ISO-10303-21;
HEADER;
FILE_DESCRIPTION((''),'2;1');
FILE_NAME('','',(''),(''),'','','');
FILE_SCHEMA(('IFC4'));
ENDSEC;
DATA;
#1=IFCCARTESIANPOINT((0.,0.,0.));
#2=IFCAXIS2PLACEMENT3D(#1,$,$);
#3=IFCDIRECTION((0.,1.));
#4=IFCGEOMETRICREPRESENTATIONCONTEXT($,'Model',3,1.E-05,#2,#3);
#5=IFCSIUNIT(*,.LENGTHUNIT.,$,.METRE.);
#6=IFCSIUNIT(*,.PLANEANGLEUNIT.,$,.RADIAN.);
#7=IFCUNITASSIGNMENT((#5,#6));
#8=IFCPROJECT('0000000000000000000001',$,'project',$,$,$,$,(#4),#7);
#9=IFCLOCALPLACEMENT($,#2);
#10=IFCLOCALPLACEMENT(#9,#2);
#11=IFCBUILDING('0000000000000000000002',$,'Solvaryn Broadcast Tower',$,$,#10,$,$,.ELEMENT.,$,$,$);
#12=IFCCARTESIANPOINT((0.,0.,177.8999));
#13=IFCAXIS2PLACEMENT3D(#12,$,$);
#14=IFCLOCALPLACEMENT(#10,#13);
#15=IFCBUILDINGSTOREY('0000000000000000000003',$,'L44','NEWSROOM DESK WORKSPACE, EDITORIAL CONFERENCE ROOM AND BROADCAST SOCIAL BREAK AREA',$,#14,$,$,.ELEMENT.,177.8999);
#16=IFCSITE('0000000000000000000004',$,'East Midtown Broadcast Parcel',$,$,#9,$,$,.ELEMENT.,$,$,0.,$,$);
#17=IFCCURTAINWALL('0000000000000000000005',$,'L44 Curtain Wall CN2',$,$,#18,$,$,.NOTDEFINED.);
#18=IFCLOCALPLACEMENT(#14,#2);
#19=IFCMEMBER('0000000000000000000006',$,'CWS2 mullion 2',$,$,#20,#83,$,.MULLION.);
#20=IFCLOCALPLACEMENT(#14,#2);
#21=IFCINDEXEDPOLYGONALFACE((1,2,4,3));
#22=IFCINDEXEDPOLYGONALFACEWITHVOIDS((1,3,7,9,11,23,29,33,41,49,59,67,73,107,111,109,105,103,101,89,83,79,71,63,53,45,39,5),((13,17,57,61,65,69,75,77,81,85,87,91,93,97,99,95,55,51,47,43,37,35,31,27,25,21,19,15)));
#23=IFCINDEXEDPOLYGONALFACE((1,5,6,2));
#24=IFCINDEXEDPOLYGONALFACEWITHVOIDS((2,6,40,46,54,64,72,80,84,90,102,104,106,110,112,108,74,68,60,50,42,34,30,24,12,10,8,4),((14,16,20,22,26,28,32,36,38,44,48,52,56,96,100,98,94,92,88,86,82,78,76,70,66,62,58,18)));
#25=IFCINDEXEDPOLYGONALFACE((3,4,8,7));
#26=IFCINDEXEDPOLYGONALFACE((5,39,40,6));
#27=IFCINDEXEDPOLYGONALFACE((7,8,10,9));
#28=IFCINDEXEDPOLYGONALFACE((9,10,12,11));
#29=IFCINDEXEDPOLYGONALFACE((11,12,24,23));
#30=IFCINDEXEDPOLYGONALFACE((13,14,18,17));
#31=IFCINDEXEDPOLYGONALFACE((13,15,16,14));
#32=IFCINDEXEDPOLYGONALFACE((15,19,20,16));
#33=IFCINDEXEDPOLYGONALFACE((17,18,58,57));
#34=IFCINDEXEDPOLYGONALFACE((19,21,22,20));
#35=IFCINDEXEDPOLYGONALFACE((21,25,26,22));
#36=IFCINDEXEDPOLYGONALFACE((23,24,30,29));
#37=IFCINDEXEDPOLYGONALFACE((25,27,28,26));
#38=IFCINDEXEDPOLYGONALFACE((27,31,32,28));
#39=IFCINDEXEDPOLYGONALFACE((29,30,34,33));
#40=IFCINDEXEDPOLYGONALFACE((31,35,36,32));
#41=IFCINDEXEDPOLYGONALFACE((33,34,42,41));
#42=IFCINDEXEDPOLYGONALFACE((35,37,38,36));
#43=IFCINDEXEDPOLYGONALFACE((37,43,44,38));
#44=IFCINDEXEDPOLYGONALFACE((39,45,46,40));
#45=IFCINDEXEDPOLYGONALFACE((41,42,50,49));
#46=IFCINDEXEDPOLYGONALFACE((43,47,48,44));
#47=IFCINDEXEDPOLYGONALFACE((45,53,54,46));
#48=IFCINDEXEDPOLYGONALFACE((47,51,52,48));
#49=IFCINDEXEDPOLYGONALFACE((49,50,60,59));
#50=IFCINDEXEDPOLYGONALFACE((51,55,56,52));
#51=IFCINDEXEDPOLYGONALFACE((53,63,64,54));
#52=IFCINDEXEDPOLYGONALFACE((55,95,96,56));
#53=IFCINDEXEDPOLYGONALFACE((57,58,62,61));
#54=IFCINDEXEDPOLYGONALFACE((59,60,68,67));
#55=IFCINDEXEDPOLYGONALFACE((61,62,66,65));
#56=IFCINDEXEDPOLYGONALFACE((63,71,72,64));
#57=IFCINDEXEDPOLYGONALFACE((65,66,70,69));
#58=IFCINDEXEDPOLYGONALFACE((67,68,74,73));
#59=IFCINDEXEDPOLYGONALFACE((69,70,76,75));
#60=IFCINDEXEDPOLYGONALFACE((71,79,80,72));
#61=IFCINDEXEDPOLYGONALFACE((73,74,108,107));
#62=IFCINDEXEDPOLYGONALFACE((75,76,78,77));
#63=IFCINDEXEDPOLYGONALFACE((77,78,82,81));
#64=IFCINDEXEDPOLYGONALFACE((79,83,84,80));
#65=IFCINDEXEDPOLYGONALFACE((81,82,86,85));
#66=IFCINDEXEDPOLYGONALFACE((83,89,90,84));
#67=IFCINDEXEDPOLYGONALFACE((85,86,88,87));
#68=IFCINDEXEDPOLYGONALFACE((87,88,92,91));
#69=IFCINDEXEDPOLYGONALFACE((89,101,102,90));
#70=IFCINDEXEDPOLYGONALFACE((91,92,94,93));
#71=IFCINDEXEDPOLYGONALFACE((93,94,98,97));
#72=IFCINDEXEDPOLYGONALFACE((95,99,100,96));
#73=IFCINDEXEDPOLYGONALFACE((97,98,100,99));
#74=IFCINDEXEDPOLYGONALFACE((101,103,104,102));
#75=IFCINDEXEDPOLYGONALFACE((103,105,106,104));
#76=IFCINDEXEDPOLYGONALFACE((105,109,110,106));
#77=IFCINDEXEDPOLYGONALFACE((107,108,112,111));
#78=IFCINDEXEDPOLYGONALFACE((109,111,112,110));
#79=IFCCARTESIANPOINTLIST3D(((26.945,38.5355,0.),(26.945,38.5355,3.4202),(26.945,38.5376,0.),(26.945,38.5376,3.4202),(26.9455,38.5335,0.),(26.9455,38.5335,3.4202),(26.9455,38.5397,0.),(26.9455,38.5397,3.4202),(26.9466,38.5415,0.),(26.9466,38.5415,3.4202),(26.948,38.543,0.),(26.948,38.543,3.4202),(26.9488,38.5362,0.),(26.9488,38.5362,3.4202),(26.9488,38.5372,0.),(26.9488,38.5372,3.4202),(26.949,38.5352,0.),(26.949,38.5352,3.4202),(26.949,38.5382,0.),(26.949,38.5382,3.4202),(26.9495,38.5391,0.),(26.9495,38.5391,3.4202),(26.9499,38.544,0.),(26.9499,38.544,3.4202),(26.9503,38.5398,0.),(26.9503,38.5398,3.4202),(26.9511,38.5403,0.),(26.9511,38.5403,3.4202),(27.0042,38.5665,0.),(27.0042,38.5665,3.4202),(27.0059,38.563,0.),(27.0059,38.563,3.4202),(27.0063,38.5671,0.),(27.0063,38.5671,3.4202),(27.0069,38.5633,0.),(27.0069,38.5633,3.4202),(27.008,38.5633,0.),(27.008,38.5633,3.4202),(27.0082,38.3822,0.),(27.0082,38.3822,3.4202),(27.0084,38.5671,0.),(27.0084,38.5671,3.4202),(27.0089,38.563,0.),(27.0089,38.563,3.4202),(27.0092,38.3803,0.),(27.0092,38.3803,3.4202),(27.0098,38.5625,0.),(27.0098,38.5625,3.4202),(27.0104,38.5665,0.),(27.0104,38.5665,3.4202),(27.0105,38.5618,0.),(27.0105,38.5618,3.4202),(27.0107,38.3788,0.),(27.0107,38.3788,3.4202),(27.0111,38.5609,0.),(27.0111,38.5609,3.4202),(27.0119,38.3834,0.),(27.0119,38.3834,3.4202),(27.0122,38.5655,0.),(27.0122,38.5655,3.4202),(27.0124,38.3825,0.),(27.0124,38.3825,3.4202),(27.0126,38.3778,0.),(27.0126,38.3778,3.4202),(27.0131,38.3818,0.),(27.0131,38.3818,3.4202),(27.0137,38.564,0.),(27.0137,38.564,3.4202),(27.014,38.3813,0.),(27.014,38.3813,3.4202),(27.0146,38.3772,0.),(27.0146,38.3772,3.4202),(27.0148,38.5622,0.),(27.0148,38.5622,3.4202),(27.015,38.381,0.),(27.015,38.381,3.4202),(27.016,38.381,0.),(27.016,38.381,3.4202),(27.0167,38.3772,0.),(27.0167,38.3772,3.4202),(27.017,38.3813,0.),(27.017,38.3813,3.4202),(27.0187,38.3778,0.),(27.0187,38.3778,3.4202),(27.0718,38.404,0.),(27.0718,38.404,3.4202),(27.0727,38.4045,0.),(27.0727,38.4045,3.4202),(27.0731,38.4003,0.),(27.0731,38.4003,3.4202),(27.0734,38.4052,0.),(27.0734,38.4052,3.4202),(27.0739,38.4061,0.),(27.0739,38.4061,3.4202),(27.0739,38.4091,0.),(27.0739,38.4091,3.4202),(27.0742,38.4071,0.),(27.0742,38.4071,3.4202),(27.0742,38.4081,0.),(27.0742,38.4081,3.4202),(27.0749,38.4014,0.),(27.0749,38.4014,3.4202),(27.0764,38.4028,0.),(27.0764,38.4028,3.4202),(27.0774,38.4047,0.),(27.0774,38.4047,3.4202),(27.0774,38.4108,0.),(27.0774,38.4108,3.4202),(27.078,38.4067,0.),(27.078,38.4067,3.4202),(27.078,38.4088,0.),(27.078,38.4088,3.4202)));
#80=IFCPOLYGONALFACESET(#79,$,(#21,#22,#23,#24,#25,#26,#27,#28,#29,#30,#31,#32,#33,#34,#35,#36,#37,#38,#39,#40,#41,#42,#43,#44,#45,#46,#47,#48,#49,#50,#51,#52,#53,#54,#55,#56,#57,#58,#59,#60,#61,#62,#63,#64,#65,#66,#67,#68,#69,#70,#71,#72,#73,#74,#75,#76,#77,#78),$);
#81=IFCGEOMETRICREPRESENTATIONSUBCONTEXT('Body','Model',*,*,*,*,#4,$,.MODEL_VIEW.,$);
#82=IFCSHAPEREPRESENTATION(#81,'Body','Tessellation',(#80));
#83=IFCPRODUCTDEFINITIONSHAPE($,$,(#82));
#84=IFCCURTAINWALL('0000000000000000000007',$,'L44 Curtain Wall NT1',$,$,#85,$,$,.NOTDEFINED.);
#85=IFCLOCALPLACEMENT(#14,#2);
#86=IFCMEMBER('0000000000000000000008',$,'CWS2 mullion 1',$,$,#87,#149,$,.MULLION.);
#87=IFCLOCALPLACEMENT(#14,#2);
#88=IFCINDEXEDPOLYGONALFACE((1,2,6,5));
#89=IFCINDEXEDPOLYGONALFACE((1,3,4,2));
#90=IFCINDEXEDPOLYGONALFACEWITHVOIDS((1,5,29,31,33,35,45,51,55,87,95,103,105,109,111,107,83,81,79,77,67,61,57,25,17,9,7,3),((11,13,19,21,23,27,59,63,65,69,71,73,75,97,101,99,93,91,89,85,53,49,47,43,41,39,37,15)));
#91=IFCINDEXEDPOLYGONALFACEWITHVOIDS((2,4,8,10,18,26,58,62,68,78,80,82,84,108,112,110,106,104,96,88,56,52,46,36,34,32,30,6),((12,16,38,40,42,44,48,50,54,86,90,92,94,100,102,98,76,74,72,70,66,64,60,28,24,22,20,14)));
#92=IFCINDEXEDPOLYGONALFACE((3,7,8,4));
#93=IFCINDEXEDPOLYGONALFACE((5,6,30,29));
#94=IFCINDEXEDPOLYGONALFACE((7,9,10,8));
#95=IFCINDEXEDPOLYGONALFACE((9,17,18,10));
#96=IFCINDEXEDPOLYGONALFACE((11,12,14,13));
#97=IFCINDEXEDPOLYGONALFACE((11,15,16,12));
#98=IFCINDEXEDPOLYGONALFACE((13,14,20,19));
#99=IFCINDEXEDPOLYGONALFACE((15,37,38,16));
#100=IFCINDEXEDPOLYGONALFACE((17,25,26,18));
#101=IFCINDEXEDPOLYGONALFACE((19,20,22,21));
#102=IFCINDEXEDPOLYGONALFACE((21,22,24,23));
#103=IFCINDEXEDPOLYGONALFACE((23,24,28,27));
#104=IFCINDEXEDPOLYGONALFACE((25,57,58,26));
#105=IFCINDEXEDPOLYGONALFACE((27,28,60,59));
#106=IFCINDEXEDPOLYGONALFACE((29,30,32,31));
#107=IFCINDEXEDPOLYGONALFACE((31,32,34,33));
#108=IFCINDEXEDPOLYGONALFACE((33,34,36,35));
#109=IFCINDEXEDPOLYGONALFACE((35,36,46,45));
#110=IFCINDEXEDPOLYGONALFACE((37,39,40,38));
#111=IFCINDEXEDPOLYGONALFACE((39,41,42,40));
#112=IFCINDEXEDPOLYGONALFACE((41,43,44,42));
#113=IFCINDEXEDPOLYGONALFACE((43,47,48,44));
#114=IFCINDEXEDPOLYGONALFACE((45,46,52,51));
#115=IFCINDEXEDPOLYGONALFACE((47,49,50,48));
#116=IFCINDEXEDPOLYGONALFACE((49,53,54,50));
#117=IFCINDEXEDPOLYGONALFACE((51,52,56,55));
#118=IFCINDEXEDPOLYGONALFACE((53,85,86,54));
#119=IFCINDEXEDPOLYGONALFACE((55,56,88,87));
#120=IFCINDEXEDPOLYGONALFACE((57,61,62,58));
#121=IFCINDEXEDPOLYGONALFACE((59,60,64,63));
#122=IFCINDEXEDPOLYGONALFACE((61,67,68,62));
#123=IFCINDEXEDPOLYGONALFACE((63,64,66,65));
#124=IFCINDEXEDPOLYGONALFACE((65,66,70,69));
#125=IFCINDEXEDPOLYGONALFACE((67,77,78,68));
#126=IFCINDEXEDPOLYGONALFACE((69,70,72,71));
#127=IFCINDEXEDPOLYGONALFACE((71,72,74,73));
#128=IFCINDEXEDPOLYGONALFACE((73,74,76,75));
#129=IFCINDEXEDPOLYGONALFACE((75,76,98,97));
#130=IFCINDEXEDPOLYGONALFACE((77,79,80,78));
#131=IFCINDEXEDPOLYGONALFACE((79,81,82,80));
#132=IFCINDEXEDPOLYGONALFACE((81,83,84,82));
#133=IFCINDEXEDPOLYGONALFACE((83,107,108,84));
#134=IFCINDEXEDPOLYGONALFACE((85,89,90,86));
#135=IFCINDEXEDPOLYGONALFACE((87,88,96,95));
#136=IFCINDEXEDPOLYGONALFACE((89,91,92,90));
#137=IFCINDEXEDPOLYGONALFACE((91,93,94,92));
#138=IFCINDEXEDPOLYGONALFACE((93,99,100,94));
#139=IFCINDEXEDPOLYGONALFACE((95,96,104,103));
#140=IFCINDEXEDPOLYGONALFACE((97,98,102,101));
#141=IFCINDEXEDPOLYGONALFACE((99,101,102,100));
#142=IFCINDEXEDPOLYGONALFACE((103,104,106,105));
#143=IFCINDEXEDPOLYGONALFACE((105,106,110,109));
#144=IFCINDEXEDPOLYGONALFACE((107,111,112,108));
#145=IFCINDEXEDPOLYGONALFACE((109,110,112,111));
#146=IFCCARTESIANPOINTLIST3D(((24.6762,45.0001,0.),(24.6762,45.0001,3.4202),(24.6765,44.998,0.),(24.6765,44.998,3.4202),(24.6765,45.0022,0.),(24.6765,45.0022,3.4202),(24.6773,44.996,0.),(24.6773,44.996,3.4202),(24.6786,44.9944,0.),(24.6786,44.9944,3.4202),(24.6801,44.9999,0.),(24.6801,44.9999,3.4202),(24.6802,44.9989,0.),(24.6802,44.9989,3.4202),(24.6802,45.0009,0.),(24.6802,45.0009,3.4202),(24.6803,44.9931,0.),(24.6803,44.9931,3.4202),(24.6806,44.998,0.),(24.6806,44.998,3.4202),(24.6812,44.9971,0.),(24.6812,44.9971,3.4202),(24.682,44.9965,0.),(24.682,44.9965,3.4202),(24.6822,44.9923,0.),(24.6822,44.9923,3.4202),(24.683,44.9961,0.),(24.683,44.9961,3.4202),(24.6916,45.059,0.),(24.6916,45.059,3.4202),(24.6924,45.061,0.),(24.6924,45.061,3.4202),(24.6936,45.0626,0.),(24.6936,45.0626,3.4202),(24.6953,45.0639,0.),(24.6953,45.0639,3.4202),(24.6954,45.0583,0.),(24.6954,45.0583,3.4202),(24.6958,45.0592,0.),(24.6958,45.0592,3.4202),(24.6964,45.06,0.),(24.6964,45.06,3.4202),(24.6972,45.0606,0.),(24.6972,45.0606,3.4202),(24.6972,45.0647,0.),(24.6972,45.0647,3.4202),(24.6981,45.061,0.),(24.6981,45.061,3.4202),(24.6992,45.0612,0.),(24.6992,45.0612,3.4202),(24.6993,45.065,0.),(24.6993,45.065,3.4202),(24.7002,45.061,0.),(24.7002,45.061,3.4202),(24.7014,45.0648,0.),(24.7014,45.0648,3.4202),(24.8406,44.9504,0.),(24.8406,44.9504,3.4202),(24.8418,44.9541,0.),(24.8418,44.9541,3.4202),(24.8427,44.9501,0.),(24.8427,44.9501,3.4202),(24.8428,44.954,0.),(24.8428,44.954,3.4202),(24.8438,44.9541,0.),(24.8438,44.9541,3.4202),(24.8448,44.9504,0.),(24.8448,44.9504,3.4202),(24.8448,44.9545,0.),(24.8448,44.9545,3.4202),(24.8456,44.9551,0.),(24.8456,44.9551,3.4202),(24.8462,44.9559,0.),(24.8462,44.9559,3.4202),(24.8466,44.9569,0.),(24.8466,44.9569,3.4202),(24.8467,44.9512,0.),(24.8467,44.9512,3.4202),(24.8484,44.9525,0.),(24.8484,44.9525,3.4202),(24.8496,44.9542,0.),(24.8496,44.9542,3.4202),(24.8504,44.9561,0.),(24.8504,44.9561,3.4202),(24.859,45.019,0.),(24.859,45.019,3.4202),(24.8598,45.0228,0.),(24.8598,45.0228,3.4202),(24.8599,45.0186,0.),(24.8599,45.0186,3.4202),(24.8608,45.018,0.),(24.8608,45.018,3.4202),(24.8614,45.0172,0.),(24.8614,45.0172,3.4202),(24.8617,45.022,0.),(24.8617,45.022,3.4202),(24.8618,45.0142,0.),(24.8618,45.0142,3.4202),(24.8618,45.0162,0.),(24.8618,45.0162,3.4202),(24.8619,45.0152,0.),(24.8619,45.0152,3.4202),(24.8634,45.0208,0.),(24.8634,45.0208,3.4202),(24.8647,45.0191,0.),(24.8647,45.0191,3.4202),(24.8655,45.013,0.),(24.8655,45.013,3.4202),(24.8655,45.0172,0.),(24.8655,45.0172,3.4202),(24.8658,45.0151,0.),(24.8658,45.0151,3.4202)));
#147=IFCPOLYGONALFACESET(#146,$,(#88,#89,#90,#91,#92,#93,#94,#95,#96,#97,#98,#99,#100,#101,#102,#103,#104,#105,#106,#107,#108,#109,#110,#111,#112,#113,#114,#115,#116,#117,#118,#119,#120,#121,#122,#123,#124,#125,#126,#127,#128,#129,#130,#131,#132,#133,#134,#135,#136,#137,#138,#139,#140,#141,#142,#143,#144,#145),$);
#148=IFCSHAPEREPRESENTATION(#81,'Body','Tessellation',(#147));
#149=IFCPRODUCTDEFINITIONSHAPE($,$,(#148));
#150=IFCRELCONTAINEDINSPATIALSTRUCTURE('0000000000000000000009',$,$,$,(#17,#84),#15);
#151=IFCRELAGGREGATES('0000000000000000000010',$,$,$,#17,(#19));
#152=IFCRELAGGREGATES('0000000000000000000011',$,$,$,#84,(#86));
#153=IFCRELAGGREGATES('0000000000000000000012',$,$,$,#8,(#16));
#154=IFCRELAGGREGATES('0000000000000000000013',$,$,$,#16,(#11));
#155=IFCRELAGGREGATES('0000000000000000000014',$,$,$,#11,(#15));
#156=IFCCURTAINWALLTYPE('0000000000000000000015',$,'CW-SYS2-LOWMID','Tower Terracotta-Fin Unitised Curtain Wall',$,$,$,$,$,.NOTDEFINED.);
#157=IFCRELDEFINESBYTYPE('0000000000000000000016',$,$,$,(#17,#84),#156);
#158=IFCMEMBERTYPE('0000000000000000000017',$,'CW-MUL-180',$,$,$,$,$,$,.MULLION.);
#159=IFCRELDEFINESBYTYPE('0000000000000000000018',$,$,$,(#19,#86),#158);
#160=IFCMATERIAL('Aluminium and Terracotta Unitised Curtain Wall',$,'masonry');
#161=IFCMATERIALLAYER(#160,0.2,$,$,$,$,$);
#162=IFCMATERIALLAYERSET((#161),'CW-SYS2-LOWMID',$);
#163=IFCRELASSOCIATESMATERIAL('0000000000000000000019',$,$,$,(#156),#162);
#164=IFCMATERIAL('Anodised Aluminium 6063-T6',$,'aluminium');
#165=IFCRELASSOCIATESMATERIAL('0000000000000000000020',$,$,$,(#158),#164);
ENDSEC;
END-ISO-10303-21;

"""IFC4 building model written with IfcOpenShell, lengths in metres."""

from ifc_helpers import new_model, si_unit, direction, frame, origin, origin_2d, place, context, subcontext, project, spatial, hollow_rectangle, extrude, material, layer, layer_set, material_profile, profile_set, type_object, element, aggregate, save


model = new_model("IFC4")

# Units and contexts
model_context = context("Model", 3, precision=1e-05, world=origin(), true_north=direction((0.0, 1.0)))
body_context = subcontext(model_context, "Body", "Model", "MODEL_VIEW")
ifc_project = project(units=[si_unit("LENGTHUNIT", "METRE"), si_unit("PLANEANGLEUNIT", "RADIAN")], contexts=[model_context])

# Site, building, storey
site_placement = place(None, origin())
site = spatial("IfcSite", under=ifc_project, at=site_placement, Name="East Midtown Broadcast Parcel", CompositionType="ELEMENT", RefElevation=0.0)
building_placement = place(site_placement, origin())
building = spatial("IfcBuilding", under=site, at=building_placement, Name="Solvaryn Broadcast Tower", CompositionType="ELEMENT")
storey_placement = place(building_placement, frame((0.0, 0.0, 177.8999)))
storey = spatial("IfcBuildingStorey", under=building, at=storey_placement, Name="L44", Description="NEWSROOM DESK WORKSPACE, EDITORIAL CONFERENCE ROOM AND BROADCAST SOCIAL BREAK AREA", CompositionType="ELEMENT", Elevation=177.8999)

# Shared definitions
ifc_material_1 = material(Name="Aluminium and Terracotta Unitised Curtain Wall", Category="masonry")
ifc_layer_1 = layer(ifc_material_1, 0.2)
ifc_layer_set_1 = layer_set([ifc_layer_1], Name="CW-SYS2-LOWMID")
curtain_wall_type = type_object("IfcCurtainWallType", Name="CW-SYS2-LOWMID", Description="Tower Terracotta-Fin Unitised Curtain Wall", PredefinedType="NOTDEFINED", material=ifc_layer_set_1)
ifc_material_2 = material(Name="Anodised Aluminium 6063-T6", Category="aluminium")
ifc_material_profile_1 = material_profile(ifc_material_2, hollow_rectangle(XDim=0.075, YDim=0.1799, WallThickness=0.0039, InnerFilletRadius=0.0039, OuterFilletRadius=0.0081, at=origin_2d()))
ifc_profile_set_1 = profile_set([ifc_material_profile_1], Name="Anodised Aluminium 6063-T6")
member_type_1 = type_object("IfcMemberType", Name="CW-MUL-180", PredefinedType="MULLION", material=ifc_profile_set_1)

# Curtain walls, members
curtain_wall_1_placement = place(storey_placement, origin())
curtain_wall_1 = element("IfcCurtainWall", 1, at=curtain_wall_1_placement, inside=storey, type_object=curtain_wall_type, Name="L44 Curtain Wall CN2", PredefinedType="NOTDEFINED")
member_1_placement = place(storey_placement, frame((27.0115, 38.4722, 0.0), z_axis=(0.0, 0.0, 1.0), x_axis=(-0.923895, -0.382646, 0.0)))
member_1 = element("IfcMember", 2, at=member_1_placement, type_object=member_type_1, Name="CWS2 mullion 2", PredefinedType="MULLION", context=body_context, shape_type="SweptSolid", body=[
    extrude(hollow_rectangle(XDim=0.075, YDim=0.1799, WallThickness=0.0039, InnerFilletRadius=0.0039, OuterFilletRadius=0.0081, at=origin_2d()), origin(), (0.0, 0.0, 1.0), 3.4202),
])
aggregate(curtain_wall_1, [member_1])
curtain_wall_2_placement = place(storey_placement, origin())
curtain_wall_2 = element("IfcCurtainWall", 3, at=curtain_wall_2_placement, inside=storey, type_object=curtain_wall_type, Name="L44 Curtain Wall NT1", PredefinedType="NOTDEFINED")
member_2_placement = place(storey_placement, frame((24.771, 45.0076, 0.0), z_axis=(0.0, 0.0, 1.0), x_axis=(-0.255893, -0.966705, 0.0)))
member_2 = element("IfcMember", 4, at=member_2_placement, type_object=member_type_1, Name="CWS2 mullion 1", PredefinedType="MULLION", context=body_context, shape_type="SweptSolid", body=[
    extrude(hollow_rectangle(XDim=0.075, YDim=0.1799, WallThickness=0.0039, InnerFilletRadius=0.0039, OuterFilletRadius=0.0081, at=origin_2d()), origin(), (0.0, 0.0, 1.0), 3.4202),
])

aggregate(curtain_wall_2, [member_2])

save(model, "model.ifc")
